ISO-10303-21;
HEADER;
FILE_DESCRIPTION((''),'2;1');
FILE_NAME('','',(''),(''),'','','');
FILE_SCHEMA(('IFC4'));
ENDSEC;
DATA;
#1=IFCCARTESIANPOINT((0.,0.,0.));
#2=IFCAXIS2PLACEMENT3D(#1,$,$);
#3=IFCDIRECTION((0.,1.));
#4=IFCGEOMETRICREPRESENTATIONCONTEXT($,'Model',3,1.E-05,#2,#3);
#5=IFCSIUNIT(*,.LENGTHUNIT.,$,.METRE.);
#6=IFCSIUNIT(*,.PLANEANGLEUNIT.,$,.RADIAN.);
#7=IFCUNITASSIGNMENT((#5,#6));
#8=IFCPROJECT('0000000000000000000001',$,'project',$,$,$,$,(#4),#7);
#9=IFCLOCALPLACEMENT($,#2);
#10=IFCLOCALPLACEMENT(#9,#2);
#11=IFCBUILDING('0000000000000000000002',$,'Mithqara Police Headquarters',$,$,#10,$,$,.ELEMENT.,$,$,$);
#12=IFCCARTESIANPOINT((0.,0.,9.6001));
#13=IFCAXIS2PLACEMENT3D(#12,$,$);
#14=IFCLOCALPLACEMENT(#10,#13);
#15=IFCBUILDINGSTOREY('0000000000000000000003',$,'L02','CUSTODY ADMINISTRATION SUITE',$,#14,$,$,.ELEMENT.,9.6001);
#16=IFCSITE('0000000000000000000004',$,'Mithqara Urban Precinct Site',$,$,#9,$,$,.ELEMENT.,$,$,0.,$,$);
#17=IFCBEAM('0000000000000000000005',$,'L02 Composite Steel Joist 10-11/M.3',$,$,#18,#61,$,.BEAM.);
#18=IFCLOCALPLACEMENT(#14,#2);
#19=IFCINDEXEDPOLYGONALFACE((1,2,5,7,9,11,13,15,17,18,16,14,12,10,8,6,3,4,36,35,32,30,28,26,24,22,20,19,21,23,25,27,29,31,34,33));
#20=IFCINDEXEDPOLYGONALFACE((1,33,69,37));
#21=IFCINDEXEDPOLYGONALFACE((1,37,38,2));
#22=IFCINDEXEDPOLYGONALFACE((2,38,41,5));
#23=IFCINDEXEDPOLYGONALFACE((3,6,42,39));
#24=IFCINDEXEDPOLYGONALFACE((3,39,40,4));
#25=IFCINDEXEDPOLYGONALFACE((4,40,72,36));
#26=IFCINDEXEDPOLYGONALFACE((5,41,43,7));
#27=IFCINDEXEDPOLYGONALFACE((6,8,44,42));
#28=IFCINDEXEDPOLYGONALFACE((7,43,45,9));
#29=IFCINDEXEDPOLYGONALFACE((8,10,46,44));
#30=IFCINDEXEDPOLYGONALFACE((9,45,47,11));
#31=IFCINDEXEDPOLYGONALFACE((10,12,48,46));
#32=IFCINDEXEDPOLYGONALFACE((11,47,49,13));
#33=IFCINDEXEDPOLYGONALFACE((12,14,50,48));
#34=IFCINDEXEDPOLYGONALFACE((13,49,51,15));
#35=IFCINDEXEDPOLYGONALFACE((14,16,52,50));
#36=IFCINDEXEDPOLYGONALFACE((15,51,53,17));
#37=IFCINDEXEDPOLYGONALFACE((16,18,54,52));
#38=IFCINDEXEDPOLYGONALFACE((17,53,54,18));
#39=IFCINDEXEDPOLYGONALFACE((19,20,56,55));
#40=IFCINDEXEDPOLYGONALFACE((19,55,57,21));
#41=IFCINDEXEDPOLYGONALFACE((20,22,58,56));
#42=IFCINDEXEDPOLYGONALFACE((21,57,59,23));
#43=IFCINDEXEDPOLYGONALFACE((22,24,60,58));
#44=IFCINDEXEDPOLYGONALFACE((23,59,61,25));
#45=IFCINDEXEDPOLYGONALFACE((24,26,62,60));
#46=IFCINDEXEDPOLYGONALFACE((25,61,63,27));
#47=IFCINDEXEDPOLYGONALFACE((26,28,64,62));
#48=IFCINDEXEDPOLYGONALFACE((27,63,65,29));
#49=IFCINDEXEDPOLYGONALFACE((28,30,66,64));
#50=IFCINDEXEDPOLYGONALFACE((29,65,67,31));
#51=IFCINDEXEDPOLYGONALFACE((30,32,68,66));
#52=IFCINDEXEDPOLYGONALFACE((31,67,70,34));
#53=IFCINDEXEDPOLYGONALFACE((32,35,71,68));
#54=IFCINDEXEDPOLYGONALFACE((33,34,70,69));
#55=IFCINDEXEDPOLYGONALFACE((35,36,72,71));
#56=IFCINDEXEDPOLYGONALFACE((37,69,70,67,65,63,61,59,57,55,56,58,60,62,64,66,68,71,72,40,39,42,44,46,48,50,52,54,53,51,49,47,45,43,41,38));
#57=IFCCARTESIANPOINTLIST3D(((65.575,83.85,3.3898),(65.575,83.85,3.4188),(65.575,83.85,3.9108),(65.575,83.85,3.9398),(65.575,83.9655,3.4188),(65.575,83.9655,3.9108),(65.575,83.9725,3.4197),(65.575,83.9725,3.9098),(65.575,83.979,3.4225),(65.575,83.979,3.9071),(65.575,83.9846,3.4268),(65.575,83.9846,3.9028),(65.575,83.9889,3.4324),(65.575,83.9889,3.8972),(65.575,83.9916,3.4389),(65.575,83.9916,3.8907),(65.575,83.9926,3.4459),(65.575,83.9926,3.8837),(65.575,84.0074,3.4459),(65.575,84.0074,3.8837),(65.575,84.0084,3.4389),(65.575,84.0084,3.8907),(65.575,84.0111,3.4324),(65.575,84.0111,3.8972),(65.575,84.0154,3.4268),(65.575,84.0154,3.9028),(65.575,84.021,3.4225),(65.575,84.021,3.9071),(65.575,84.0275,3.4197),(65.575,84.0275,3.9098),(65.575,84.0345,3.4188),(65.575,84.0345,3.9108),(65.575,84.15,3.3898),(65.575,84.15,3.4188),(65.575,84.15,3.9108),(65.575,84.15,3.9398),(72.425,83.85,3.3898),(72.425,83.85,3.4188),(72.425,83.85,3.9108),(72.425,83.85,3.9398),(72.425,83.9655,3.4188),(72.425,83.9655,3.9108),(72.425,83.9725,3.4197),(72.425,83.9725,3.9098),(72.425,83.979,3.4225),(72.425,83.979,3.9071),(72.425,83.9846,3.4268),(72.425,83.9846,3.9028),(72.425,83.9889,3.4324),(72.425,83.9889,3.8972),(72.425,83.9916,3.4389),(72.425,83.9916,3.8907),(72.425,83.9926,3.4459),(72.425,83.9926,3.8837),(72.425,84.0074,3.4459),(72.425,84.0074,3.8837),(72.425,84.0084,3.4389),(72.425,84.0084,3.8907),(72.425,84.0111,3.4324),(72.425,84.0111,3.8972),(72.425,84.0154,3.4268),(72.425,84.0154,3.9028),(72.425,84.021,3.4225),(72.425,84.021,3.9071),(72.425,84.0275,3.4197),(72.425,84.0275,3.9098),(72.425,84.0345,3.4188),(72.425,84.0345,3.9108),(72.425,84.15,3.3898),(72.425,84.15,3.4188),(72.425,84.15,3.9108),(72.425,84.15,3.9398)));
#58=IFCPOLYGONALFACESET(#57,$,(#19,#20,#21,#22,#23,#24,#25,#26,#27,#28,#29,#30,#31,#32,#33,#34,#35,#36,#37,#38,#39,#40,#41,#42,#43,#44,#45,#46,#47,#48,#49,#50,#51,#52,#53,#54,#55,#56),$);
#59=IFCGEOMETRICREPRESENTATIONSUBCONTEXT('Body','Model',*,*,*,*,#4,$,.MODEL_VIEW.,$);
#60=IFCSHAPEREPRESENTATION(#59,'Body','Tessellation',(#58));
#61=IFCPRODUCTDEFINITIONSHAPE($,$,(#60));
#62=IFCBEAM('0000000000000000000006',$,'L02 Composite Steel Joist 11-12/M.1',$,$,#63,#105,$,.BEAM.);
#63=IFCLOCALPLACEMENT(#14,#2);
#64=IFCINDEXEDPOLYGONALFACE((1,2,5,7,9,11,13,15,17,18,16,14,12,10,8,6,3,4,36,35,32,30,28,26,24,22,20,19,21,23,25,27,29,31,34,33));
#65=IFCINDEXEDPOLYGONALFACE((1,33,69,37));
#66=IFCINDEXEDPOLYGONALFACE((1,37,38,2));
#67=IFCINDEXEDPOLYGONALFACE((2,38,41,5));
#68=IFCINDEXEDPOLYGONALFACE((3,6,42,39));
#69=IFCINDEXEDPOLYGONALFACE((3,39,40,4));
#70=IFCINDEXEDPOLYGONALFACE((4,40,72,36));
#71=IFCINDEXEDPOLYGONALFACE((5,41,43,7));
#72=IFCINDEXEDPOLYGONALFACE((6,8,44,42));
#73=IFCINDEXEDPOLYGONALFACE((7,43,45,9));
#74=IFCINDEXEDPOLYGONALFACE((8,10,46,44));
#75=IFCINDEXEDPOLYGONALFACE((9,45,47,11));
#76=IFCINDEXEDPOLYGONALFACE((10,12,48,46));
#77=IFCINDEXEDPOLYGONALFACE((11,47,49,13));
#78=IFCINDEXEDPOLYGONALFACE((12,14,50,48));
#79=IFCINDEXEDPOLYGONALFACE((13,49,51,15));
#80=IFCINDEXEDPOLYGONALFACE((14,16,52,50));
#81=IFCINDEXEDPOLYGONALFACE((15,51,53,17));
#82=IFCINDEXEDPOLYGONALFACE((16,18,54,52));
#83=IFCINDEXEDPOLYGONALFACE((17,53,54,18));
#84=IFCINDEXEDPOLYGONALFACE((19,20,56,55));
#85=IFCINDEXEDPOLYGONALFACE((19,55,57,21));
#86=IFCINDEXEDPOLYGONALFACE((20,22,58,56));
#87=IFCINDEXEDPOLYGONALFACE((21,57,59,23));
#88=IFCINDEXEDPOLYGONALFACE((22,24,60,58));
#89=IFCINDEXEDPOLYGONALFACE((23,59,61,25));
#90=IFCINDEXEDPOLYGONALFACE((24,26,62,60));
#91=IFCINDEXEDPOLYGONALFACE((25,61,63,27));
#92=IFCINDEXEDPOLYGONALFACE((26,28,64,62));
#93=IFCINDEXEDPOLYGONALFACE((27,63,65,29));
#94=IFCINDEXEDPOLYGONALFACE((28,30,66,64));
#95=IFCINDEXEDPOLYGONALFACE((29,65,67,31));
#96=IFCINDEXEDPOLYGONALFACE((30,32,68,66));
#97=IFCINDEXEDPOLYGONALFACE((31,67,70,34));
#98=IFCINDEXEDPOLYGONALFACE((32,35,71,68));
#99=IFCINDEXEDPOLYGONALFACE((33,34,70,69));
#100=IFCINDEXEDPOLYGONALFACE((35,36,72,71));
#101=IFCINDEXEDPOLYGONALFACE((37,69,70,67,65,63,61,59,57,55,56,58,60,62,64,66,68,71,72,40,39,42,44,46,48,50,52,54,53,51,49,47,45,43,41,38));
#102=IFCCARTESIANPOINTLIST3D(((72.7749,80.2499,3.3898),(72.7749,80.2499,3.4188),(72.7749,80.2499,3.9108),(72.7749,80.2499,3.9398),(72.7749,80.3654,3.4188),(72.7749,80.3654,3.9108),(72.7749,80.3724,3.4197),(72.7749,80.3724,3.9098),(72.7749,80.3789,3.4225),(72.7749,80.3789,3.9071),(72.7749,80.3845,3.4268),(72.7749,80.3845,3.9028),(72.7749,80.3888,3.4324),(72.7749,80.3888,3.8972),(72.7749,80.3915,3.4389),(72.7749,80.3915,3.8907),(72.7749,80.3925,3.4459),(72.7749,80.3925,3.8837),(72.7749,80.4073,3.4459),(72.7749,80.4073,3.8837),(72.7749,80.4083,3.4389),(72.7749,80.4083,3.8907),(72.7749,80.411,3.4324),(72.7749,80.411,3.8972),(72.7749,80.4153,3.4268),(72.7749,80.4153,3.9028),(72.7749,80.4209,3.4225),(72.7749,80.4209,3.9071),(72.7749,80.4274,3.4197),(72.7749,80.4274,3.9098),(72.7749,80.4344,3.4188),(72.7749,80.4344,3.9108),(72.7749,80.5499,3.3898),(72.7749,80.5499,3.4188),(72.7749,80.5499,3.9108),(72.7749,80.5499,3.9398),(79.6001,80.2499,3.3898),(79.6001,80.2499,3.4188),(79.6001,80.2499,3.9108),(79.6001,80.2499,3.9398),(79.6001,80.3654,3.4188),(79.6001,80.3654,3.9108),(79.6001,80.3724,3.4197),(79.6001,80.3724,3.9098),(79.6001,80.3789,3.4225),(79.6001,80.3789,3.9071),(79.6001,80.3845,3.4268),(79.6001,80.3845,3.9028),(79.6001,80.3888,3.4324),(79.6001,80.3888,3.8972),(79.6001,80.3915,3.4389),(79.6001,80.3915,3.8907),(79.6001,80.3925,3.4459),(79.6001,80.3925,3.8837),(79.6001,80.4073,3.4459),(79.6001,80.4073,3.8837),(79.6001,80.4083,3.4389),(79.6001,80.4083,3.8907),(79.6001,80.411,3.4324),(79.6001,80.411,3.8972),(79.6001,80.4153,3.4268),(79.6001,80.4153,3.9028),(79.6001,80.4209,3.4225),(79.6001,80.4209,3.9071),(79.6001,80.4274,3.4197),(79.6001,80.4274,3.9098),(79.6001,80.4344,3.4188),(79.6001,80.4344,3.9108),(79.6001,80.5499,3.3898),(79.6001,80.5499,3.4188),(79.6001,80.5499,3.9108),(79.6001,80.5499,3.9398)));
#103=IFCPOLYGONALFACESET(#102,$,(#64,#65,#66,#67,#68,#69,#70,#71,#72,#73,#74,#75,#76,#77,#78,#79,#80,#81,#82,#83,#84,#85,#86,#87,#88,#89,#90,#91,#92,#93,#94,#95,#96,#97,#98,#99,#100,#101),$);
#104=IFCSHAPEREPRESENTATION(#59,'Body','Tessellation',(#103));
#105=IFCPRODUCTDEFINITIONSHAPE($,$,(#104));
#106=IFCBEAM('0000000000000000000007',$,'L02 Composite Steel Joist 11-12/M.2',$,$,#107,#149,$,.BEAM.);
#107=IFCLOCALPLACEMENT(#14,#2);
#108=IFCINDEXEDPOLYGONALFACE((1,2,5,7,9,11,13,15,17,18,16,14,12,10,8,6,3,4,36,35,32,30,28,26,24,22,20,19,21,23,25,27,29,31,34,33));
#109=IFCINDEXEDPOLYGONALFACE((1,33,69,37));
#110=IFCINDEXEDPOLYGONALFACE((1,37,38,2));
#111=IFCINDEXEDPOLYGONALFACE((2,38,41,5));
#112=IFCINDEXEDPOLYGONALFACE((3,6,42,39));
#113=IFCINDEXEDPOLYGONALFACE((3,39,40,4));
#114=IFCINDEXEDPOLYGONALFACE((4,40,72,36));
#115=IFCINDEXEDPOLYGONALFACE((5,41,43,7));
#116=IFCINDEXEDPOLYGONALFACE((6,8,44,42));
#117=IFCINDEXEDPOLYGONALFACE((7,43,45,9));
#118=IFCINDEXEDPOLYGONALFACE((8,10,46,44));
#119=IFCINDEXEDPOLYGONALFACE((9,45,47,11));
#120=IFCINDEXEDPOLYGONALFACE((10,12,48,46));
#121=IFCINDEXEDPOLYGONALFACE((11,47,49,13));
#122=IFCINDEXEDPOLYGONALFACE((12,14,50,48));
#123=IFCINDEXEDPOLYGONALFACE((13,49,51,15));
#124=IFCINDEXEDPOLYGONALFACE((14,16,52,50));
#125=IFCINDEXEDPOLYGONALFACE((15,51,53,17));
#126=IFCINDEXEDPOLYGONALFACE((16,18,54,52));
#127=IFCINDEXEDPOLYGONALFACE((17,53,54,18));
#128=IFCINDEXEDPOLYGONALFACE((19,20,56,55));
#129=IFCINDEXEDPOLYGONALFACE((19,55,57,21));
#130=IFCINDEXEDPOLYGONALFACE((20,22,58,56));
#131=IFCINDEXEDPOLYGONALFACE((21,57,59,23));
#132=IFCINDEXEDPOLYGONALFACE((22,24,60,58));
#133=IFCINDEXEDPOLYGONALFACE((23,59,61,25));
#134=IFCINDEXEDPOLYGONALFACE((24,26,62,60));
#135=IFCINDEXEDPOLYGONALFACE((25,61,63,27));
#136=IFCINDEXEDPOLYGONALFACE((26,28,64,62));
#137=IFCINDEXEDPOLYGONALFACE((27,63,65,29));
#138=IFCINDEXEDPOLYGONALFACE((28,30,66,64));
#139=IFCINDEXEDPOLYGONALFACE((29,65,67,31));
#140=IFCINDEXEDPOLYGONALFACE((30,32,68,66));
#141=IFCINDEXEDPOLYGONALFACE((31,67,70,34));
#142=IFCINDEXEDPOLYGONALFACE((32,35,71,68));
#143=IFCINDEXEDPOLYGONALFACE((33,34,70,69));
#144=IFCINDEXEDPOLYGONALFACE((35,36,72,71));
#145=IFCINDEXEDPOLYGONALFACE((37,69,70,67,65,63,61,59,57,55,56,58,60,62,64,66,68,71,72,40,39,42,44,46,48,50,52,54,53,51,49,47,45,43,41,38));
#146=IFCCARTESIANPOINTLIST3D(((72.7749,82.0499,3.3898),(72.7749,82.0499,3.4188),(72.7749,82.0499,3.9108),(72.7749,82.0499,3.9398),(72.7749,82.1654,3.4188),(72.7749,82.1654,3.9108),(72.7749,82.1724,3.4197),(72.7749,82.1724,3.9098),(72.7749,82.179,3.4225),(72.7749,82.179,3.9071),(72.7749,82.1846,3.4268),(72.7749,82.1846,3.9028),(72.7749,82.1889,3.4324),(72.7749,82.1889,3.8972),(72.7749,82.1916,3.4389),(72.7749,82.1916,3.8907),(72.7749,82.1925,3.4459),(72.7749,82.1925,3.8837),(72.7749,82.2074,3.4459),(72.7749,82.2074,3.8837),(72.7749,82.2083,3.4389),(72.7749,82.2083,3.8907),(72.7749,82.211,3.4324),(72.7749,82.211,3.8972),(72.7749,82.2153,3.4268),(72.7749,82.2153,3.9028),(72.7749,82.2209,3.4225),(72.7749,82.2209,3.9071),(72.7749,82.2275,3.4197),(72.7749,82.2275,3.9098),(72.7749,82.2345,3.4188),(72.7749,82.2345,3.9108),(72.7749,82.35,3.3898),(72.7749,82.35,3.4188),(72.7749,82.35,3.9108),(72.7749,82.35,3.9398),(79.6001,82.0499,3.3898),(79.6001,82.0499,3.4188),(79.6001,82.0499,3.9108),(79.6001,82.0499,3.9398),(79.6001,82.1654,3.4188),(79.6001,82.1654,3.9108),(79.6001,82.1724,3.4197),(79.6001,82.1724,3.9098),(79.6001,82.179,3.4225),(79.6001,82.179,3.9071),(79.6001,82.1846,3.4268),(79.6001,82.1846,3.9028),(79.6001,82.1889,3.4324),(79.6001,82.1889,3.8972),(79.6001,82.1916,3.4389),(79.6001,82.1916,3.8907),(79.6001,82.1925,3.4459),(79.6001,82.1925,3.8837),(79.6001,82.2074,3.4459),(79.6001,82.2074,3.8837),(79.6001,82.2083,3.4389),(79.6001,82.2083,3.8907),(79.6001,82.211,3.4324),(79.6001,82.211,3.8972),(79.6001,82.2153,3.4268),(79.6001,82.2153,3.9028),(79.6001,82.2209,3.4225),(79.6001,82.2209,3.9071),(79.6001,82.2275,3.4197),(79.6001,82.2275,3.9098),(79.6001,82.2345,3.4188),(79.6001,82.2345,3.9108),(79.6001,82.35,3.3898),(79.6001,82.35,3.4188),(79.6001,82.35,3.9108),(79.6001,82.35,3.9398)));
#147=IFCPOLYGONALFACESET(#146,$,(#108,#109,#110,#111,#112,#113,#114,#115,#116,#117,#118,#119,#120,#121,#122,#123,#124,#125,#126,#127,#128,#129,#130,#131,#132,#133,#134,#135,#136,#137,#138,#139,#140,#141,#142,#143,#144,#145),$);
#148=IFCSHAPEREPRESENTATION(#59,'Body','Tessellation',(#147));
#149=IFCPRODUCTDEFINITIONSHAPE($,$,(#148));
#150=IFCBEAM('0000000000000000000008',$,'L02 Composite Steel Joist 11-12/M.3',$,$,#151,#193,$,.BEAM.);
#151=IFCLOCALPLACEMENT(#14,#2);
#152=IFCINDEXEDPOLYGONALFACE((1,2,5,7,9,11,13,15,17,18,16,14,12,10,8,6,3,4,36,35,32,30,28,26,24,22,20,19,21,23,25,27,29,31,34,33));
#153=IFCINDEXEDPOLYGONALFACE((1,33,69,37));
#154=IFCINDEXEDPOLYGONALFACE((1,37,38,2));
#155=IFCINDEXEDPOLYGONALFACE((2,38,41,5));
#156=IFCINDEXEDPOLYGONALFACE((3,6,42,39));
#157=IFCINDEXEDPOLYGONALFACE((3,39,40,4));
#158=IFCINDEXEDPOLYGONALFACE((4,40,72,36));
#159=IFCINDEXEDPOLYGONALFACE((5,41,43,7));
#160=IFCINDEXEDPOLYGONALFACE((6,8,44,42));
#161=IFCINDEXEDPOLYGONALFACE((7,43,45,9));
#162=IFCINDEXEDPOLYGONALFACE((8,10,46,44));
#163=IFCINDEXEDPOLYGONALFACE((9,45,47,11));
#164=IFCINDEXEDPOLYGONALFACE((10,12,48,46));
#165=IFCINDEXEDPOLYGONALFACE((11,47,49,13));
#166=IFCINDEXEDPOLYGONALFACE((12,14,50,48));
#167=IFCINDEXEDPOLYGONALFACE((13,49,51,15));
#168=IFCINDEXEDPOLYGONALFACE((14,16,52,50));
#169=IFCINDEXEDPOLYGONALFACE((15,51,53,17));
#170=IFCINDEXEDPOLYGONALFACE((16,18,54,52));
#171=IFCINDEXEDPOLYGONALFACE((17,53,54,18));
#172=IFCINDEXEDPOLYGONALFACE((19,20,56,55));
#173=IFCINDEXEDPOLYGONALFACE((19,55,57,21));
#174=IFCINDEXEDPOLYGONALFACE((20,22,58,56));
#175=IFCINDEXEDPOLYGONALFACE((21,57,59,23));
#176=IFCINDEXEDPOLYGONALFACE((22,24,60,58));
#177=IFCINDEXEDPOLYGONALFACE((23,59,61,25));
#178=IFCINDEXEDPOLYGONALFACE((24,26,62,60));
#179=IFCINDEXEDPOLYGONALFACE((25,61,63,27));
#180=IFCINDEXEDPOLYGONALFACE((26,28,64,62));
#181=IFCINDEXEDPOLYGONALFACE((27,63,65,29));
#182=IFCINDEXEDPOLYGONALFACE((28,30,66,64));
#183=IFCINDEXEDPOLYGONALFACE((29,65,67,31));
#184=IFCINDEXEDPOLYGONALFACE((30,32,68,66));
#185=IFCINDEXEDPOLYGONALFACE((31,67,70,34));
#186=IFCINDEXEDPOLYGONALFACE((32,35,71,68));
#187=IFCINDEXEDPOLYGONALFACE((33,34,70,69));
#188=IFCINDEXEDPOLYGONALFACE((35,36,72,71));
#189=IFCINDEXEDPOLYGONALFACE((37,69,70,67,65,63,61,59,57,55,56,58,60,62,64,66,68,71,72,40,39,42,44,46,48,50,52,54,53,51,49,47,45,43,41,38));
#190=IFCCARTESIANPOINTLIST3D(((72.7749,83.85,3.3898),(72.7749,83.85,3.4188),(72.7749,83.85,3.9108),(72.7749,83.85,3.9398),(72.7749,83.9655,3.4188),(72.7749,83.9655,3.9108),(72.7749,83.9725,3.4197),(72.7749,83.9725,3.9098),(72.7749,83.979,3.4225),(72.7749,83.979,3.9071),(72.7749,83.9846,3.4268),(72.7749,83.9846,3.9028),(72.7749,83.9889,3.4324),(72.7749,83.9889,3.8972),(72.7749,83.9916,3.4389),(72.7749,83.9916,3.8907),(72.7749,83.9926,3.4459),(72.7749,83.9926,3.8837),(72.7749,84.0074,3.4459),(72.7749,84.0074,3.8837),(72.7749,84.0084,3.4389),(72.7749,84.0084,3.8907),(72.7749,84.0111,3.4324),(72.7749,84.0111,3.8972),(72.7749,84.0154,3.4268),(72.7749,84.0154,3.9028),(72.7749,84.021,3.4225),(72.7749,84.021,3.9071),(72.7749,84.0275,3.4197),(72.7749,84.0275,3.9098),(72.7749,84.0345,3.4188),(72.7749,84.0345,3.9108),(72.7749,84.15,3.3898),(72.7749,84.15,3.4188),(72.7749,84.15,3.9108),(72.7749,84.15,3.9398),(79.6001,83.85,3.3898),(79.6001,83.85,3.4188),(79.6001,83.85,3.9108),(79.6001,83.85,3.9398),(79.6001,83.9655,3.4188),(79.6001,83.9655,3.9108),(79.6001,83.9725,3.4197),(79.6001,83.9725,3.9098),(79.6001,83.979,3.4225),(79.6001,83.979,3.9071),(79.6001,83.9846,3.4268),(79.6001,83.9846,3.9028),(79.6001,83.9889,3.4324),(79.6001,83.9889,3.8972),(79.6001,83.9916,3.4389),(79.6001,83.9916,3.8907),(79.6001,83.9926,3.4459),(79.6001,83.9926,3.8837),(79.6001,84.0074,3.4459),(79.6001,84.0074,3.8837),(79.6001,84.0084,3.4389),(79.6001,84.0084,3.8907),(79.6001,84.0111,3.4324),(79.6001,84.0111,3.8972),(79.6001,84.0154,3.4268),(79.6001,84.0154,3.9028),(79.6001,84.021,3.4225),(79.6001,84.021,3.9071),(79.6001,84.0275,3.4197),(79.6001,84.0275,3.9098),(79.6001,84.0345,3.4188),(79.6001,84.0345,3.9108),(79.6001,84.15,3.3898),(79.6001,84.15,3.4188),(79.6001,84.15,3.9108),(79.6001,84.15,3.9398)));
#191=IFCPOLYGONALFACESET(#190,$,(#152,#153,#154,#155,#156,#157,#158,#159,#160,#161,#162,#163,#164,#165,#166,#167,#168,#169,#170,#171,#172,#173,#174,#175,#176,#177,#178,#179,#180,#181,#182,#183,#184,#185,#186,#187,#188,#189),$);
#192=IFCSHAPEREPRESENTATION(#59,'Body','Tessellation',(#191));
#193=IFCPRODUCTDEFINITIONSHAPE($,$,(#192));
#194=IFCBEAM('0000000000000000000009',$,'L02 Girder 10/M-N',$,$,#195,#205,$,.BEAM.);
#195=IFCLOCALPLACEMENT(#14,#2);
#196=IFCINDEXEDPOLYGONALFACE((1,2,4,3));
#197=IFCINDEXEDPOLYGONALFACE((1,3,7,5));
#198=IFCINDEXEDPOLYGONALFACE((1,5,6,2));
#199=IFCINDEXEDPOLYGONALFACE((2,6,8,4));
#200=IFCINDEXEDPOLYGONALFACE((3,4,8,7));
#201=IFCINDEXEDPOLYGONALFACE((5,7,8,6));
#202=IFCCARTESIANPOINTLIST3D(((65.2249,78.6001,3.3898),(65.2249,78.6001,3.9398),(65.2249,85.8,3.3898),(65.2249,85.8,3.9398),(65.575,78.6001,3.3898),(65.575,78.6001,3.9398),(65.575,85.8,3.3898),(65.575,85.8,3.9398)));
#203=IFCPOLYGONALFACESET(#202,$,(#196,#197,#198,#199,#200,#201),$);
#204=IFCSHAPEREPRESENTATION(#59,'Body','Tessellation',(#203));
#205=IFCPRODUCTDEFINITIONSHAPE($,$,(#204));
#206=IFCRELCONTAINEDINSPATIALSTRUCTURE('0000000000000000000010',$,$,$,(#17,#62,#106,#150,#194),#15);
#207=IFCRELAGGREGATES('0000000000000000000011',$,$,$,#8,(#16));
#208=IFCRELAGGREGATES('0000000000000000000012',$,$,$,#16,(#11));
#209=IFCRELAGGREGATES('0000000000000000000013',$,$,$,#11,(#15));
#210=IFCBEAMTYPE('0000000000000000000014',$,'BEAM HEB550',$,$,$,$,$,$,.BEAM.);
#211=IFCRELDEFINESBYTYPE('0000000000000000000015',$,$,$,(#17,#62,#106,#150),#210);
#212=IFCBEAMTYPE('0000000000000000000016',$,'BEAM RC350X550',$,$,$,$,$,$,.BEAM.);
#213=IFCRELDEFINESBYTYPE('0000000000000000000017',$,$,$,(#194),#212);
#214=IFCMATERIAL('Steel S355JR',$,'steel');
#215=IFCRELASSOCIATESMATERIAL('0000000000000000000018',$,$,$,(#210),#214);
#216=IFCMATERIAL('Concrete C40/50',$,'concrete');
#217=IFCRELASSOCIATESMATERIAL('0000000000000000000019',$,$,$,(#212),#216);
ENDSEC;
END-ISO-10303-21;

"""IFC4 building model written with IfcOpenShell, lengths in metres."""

from ifc_helpers import new_model, si_unit, direction, frame, origin, origin_2d, place, context, subcontext, project, spatial, rectangle, i_section, extrude, material, material_profile, profile_set, type_object, element, save


model = new_model("IFC4")

# Units and contexts
model_context = context("Model", 3, precision=1e-05, world=origin(), true_north=direction((0.0, 1.0)))
body_context = subcontext(model_context, "Body", "Model", "MODEL_VIEW")
ifc_project = project(units=[si_unit("LENGTHUNIT", "METRE"), si_unit("PLANEANGLEUNIT", "RADIAN")], contexts=[model_context])

# Site, building, storey
site_placement = place(None, origin())
site = spatial("IfcSite", under=ifc_project, at=site_placement, Name="Mithqara Urban Precinct Site", CompositionType="ELEMENT", RefElevation=0.0)
building_placement = place(site_placement, origin())
building = spatial("IfcBuilding", under=site, at=building_placement, Name="Mithqara Police Headquarters", CompositionType="ELEMENT")
storey_placement = place(building_placement, frame((0.0, 0.0, 9.6001)))
storey = spatial("IfcBuildingStorey", under=building, at=storey_placement, Name="L02", Description="CUSTODY ADMINISTRATION SUITE", CompositionType="ELEMENT", Elevation=9.6001)

# Beams
ifc_material_1 = material(Name="Steel S355JR", Category="steel")
ifc_material_profile_1 = material_profile(ifc_material_1, i_section(OverallWidth=0.3, OverallDepth=0.55, WebThickness=0.0149, FlangeThickness=0.0291, FilletRadius=0.0271, at=origin_2d()), Name="HEB 550")
ifc_profile_set_1 = profile_set([ifc_material_profile_1], Name="Steel S355JR")
beam_type_1 = type_object("IfcBeamType", Name="BEAM HEB550", PredefinedType="BEAM", material=ifc_profile_set_1)
for number, where, z_axis, x_axis, name in (
    (1, (65.575, 84.0, 3.6648), (1.0, 0.0, 0.0), (0.0, 1.0, 0.0), "L02 Composite Steel Joist 10-11/M.3"),
):
    element("IfcBeam", number, at=place(storey_placement, frame(where, z_axis=z_axis, x_axis=x_axis)), inside=storey, type_object=beam_type_1, Name=name, PredefinedType="BEAM", context=body_context, shape_type="SweptSolid", body=[
        extrude(i_section(OverallWidth=0.3, OverallDepth=0.55, WebThickness=0.0149, FlangeThickness=0.0291, FilletRadius=0.0271, at=origin_2d()), origin(), (0.0, 0.0, 1.0), 6.8501),
    ])
for number, where, z_axis, x_axis, name in (
    (2, (72.7749, 80.3999, 3.6648), (1.0, 0.0, 0.0), (0.0, 1.0, 0.0), "L02 Composite Steel Joist 11-12/M.1"),
    (3, (72.7749, 82.2, 3.6648), (1.0, 0.0, 0.0), (0.0, 1.0, 0.0), "L02 Composite Steel Joist 11-12/M.2"),
    (4, (72.7749, 84.0, 3.6648), (1.0, 0.0, 0.0), (0.0, 1.0, 0.0), "L02 Composite Steel Joist 11-12/M.3"),
):
    element("IfcBeam", number, at=place(storey_placement, frame(where, z_axis=z_axis, x_axis=x_axis)), inside=storey, type_object=beam_type_1, Name=name, PredefinedType="BEAM", context=body_context, shape_type="SweptSolid", body=[
        extrude(i_section(OverallWidth=0.3, OverallDepth=0.55, WebThickness=0.0149, FlangeThickness=0.0291, FilletRadius=0.0271, at=origin_2d()), origin(), (0.0, 0.0, 1.0), 6.8252),
    ])
ifc_material_2 = material(Name="Concrete C40/50", Category="concrete")
ifc_material_profile_2 = material_profile(ifc_material_2, rectangle(XDim=0.3501, YDim=0.55, at=origin_2d()), Name="RC 350x550")
ifc_profile_set_2 = profile_set([ifc_material_profile_2], Name="Concrete C40/50")
beam_type_2 = type_object("IfcBeamType", Name="BEAM RC350X550", PredefinedType="BEAM", material=ifc_profile_set_2)
beam_1_placement = place(storey_placement, frame((65.3999, 78.6001, 3.6648), z_axis=(0.0, 1.0, 0.0), x_axis=(-1.0, 0.0, 0.0)))
element("IfcBeam", 5, at=beam_1_placement, inside=storey, type_object=beam_type_2, Name="L02 Girder 10/M-N", PredefinedType="BEAM", context=body_context, shape_type="SweptSolid", body=[
    extrude(rectangle(XDim=0.3501, YDim=0.55, at=origin_2d()), origin(), (0.0, 0.0, 1.0), 7.2),
])

save(model, "model.ifc")
